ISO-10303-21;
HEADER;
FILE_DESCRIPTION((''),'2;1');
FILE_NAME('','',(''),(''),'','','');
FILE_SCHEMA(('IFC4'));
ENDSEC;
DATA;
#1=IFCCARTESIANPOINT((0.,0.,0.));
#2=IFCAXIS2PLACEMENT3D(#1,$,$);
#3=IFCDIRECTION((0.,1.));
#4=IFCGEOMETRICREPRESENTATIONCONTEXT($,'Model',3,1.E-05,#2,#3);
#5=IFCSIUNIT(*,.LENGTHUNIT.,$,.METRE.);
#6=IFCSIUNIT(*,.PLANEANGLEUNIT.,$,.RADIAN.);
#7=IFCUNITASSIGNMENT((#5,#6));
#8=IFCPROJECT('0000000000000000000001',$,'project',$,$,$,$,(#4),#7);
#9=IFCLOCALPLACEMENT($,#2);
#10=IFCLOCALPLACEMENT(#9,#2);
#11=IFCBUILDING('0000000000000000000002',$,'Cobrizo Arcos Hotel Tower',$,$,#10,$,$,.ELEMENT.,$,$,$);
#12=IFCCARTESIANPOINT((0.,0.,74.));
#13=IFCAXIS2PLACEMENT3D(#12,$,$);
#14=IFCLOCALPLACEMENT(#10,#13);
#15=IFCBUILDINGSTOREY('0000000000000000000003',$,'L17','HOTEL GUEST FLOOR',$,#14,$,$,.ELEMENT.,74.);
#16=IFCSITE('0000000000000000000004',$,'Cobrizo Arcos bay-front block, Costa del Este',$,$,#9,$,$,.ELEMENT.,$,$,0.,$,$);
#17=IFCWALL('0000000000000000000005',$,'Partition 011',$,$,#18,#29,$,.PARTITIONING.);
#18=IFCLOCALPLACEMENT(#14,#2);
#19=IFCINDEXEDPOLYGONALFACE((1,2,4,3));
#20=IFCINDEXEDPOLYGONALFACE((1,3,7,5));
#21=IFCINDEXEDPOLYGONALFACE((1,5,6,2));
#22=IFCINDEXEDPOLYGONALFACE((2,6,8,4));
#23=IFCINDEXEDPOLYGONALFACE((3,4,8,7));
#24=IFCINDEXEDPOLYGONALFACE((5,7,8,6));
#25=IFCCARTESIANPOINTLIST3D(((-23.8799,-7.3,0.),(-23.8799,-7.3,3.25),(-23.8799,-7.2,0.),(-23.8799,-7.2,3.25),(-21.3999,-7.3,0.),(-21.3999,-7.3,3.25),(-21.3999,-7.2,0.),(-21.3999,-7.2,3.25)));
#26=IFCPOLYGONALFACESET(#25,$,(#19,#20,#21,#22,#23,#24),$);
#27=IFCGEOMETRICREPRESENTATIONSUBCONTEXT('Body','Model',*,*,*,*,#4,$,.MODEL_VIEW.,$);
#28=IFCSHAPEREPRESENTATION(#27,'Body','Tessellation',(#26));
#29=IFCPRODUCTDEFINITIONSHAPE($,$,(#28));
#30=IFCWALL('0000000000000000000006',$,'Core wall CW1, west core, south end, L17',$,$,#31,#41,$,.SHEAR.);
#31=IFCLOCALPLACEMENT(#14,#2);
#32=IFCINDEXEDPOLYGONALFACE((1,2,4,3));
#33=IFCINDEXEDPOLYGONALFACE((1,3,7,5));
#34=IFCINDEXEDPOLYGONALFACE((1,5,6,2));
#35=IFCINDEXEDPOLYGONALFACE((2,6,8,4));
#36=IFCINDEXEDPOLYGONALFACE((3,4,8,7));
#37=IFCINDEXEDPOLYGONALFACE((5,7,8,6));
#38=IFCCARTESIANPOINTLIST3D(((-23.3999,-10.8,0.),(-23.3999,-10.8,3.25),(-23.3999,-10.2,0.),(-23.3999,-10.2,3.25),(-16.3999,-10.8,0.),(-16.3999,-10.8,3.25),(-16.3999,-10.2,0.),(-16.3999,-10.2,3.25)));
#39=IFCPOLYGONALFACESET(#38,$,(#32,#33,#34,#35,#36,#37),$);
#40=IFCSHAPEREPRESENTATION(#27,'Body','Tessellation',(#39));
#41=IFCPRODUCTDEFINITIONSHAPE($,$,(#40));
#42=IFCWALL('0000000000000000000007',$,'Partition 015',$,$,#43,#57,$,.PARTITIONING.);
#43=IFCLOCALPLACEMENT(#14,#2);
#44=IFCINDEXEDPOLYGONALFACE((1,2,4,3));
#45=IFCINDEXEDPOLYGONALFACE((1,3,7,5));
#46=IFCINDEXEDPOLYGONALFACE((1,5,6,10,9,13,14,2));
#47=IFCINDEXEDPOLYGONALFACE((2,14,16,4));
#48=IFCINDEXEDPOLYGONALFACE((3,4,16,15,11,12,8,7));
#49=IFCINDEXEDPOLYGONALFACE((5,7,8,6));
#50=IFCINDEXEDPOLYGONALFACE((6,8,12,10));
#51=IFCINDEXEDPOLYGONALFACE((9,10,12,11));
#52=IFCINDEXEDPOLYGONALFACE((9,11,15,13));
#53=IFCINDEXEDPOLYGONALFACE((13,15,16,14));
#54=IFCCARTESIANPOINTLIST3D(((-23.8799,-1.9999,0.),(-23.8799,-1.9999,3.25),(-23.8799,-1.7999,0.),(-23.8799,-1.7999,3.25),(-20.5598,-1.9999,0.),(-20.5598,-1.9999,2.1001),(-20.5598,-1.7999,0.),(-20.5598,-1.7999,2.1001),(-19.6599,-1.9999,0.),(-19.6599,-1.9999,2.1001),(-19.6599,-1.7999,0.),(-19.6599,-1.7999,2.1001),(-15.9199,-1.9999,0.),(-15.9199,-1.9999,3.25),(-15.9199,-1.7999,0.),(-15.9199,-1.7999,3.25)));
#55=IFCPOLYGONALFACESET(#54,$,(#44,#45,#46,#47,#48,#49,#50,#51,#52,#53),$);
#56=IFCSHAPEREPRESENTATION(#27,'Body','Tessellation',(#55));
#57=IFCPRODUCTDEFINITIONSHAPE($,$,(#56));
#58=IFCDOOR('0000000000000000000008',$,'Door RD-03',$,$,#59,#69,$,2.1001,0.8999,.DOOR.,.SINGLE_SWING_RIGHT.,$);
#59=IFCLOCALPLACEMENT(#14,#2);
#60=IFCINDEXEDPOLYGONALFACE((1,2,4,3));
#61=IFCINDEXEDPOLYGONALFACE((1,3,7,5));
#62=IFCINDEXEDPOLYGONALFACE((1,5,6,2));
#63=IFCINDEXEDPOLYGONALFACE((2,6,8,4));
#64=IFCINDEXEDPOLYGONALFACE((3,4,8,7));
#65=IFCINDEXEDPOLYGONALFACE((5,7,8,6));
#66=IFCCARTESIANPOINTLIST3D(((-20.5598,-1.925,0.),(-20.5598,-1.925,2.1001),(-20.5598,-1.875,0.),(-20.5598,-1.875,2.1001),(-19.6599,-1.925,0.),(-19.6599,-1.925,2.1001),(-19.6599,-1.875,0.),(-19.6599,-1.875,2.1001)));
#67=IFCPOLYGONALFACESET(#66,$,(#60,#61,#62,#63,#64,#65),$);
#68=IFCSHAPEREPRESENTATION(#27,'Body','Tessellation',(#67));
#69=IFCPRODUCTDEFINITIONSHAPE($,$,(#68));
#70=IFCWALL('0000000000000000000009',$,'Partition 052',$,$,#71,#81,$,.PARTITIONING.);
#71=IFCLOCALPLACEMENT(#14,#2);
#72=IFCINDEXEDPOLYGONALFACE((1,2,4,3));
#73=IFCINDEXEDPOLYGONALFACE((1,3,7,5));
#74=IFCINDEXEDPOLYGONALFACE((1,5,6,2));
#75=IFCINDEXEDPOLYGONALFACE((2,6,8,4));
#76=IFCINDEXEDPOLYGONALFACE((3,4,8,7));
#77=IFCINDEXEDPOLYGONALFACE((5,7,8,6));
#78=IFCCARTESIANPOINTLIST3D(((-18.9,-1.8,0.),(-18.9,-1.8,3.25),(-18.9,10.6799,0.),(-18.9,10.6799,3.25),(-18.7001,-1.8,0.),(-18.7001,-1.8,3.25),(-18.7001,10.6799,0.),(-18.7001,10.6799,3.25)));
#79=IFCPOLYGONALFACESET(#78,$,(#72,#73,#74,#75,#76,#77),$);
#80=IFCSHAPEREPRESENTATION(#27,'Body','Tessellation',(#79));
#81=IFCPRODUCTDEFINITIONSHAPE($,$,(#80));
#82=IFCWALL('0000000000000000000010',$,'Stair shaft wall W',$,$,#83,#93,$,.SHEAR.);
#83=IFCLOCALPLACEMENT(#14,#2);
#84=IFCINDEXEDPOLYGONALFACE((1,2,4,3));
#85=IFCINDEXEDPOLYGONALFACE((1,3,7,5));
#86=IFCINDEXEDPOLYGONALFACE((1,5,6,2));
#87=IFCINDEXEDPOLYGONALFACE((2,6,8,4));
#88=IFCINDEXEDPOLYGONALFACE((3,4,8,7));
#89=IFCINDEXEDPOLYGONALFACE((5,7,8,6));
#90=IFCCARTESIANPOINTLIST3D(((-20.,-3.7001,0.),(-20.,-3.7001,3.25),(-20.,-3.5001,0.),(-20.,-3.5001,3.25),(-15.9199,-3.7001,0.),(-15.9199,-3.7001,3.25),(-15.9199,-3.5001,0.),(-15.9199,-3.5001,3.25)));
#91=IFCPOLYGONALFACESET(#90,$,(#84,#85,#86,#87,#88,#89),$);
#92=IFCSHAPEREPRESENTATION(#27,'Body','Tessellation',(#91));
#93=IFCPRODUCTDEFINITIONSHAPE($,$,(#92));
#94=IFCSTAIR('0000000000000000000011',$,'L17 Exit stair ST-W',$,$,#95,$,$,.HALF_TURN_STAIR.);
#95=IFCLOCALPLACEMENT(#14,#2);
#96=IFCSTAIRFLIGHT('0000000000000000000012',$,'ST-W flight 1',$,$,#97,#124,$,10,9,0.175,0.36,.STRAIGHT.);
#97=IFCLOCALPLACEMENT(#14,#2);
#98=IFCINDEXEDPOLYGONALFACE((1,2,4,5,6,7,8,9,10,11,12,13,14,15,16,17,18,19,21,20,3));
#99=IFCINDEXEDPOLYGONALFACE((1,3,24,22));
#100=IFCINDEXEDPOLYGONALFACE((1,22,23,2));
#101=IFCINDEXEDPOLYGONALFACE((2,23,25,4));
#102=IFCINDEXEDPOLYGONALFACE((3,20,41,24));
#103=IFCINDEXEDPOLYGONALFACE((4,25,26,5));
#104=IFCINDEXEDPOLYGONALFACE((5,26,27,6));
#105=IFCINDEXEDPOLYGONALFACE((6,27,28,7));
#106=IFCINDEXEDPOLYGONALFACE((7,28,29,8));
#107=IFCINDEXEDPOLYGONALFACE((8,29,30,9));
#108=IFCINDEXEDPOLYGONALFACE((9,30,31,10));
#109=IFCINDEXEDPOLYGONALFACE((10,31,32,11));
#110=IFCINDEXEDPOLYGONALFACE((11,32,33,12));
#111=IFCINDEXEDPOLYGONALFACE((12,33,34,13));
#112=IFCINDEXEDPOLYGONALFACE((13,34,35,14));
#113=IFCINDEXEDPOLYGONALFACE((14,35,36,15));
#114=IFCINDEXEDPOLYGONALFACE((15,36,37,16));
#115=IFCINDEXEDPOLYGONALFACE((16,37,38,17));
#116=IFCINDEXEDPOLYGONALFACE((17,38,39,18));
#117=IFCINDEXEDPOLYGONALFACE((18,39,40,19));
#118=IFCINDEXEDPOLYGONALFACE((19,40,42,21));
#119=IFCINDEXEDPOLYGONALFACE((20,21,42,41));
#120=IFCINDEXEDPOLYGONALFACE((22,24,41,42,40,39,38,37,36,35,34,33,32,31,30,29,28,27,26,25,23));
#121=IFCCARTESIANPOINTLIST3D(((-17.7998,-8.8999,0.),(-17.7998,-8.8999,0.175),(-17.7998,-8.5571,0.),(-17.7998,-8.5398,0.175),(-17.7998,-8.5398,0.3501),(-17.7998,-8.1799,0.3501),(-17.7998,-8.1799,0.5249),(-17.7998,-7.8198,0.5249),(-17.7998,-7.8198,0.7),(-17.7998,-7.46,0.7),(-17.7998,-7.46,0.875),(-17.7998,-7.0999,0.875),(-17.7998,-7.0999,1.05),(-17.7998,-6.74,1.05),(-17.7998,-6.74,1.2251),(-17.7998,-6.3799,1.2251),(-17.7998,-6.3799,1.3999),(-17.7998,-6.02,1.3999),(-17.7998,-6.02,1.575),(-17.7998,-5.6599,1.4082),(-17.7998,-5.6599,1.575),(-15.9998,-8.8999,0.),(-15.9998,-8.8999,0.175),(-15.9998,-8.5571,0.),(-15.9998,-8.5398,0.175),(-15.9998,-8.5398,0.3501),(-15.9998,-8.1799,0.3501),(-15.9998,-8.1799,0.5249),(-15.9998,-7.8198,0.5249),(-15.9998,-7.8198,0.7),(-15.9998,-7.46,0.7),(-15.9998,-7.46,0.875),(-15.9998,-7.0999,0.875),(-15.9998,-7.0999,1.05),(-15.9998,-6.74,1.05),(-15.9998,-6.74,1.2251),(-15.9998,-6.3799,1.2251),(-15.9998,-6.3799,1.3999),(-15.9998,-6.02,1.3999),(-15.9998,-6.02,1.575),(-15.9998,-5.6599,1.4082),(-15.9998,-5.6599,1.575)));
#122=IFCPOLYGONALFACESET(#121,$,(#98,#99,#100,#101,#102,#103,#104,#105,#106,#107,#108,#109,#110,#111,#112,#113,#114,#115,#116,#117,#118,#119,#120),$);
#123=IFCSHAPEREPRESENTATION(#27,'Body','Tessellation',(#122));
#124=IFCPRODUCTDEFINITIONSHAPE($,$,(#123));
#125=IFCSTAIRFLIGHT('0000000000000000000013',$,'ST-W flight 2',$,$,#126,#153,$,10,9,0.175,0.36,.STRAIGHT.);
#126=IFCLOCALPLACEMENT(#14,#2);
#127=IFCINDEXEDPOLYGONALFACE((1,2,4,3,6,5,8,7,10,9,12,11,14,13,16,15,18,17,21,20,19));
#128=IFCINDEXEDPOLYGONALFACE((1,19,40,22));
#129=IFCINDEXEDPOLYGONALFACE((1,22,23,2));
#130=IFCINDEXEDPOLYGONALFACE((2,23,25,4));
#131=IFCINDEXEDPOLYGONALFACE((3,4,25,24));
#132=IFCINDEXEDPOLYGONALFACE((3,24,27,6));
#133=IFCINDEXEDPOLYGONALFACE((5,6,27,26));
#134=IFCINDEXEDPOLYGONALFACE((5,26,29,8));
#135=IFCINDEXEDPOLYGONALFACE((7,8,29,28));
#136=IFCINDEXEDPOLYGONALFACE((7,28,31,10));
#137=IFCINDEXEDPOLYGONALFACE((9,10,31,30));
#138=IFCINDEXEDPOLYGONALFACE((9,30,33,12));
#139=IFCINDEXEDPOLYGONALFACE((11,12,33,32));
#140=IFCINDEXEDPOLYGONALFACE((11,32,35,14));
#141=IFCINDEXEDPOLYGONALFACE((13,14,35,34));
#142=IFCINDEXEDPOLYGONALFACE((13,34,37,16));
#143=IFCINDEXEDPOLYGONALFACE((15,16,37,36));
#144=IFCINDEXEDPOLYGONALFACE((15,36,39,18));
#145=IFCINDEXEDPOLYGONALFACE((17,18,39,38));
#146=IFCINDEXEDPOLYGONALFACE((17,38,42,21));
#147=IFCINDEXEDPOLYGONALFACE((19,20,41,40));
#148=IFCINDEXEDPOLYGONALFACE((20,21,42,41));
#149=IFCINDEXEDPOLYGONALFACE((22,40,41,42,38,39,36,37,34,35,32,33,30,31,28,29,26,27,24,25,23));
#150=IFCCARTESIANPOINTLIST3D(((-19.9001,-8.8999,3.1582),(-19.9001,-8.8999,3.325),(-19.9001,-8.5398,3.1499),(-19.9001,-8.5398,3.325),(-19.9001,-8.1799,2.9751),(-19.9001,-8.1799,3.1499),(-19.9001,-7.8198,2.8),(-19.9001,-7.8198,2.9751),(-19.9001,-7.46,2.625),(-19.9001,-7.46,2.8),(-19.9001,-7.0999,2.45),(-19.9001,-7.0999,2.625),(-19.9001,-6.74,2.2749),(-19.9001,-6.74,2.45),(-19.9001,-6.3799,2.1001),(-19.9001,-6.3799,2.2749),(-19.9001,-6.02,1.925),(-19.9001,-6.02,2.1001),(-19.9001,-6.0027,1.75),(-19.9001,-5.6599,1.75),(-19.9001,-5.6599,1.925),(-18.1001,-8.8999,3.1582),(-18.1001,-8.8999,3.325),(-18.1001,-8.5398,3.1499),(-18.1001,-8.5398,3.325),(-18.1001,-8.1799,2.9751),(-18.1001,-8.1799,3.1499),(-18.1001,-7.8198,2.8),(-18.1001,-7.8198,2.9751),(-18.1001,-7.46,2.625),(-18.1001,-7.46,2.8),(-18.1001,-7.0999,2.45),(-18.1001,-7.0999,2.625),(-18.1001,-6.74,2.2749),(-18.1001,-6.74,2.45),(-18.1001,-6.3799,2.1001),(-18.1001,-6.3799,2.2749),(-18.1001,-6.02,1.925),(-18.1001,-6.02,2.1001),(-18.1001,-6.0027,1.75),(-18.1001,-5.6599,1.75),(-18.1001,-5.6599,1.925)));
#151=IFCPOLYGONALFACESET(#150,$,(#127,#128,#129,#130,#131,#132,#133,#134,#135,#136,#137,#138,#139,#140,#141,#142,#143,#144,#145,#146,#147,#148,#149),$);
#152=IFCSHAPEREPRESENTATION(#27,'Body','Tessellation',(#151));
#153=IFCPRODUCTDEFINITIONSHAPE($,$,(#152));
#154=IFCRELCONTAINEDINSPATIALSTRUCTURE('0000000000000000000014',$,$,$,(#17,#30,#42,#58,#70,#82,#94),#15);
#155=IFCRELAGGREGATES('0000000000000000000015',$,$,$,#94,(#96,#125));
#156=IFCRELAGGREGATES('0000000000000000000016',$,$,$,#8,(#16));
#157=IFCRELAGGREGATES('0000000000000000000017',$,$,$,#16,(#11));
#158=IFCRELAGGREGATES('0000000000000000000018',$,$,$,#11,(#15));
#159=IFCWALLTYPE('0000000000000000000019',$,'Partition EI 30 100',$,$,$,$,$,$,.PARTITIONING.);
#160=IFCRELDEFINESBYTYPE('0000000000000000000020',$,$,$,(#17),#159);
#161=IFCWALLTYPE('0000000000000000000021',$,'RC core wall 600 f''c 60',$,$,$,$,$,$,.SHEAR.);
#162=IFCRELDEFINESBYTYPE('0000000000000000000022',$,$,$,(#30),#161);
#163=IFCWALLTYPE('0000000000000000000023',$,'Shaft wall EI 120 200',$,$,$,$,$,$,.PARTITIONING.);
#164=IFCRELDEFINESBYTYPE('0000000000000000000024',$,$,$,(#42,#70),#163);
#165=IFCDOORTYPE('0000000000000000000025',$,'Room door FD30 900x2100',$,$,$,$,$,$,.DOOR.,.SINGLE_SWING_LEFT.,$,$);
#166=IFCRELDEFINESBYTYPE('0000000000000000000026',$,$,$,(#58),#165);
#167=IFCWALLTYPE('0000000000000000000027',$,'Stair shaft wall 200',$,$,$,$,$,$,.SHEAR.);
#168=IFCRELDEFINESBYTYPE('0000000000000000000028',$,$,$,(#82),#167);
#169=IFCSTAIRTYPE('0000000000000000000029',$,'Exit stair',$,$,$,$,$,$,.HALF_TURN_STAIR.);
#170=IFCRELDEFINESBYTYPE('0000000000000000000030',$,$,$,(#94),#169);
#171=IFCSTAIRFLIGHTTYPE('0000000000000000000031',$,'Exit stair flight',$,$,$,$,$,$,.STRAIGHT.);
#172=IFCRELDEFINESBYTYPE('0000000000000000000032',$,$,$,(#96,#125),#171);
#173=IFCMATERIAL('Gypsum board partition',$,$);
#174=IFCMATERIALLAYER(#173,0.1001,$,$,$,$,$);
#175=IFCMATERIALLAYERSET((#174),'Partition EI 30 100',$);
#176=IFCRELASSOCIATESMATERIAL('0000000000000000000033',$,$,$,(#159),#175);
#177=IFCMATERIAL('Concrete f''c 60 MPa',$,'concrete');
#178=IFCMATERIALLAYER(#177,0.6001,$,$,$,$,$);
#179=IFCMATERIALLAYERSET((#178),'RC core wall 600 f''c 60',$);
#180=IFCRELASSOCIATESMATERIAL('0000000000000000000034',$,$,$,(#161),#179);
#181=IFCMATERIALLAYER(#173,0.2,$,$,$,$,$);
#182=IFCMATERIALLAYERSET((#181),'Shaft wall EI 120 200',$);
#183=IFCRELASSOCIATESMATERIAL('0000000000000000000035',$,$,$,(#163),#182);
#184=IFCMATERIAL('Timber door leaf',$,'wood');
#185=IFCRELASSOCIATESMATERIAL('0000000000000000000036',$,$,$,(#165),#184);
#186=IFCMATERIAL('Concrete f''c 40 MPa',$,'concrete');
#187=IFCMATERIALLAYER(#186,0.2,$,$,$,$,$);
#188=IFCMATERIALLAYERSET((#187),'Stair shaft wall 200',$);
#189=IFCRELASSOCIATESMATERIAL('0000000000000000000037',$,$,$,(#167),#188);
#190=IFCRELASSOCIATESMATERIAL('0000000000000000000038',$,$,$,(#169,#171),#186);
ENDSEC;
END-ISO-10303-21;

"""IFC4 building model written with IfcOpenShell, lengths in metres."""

from ifc_helpers import new_model, si_unit, direction, frame, frame_2d, origin, place, context, subcontext, project, spatial, polyline, rectangle, outline, extrude, material, layer, layer_set, type_object, element, fill, aggregate, save


model = new_model("IFC4")

# Units and contexts
model_context = context("Model", 3, precision=1e-05, world=origin(), true_north=direction((0.0, 1.0)))
body_context = subcontext(model_context, "Body", "Model", "MODEL_VIEW")
ifc_project = project(units=[si_unit("LENGTHUNIT", "METRE"), si_unit("PLANEANGLEUNIT", "RADIAN")], contexts=[model_context])

# Site, building, storey
site_placement = place(None, origin())
site = spatial("IfcSite", under=ifc_project, at=site_placement, Name="Cobrizo Arcos bay-front block, Costa del Este", CompositionType="ELEMENT", RefElevation=0.0)
building_placement = place(site_placement, origin())
building = spatial("IfcBuilding", under=site, at=building_placement, Name="Cobrizo Arcos Hotel Tower", CompositionType="ELEMENT")
storey_placement = place(building_placement, frame((0.0, 0.0, 74.0)))
storey = spatial("IfcBuildingStorey", under=building, at=storey_placement, Name="L17", Description="HOTEL GUEST FLOOR", CompositionType="ELEMENT", Elevation=74.0)

# Walls
ifc_material_1 = material(Name="Gypsum board partition")
ifc_layer_1 = layer(ifc_material_1, 0.1001)
ifc_layer_set_1 = layer_set([ifc_layer_1], Name="Partition EI 30 100")
wall_type_1 = type_object("IfcWallType", Name="Partition EI 30 100", PredefinedType="PARTITIONING", material=ifc_layer_set_1)
wall_1_placement = place(storey_placement, frame((-23.8799, -7.25, 0.0), z_axis=(0.0, 0.0, 1.0), x_axis=(1.0, 0.0, 0.0)))
element("IfcWall", 1, at=wall_1_placement, inside=storey, type_object=wall_type_1, Name="Partition 011", PredefinedType="PARTITIONING", context=body_context, shape_type="SweptSolid", body=[
    extrude(rectangle(XDim=2.48, YDim=0.1001, at=frame_2d((1.24, 0.0))), origin(), (0.0, 0.0, 1.0), 3.25),
])
ifc_material_2 = material(Name="Concrete f'c 60 MPa", Category="concrete")
ifc_layer_2 = layer(ifc_material_2, 0.6001)
ifc_layer_set_2 = layer_set([ifc_layer_2], Name="RC core wall 600 f'c 60")
wall_type_2 = type_object("IfcWallType", Name="RC core wall 600 f'c 60", PredefinedType="SHEAR", material=ifc_layer_set_2)
wall_2_placement = place(storey_placement, frame((-23.3999, -10.5, 0.0), z_axis=(0.0, 0.0, 1.0), x_axis=(1.0, 0.0, 0.0)))
element("IfcWall", 2, at=wall_2_placement, inside=storey, type_object=wall_type_2, Name="Core wall CW1, west core, south end, L17", PredefinedType="SHEAR", context=body_context, shape_type="SweptSolid", body=[
    extrude(rectangle(XDim=7.0, YDim=0.6001, at=frame_2d((3.5, 0.0))), origin(), (0.0, 0.0, 1.0), 3.25),
])

# Wall, opening, door
ifc_layer_3 = layer(ifc_material_1, 0.2)
ifc_layer_set_3 = layer_set([ifc_layer_3], Name="Shaft wall EI 120 200")
wall_type_3 = type_object("IfcWallType", Name="Shaft wall EI 120 200", PredefinedType="PARTITIONING", material=ifc_layer_set_3)
wall_3_placement = place(storey_placement, frame((-23.8799, -1.8999, 0.0), z_axis=(0.0, 0.0, 1.0), x_axis=(1.0, 0.0, 0.0)))
wall_3 = element("IfcWall", 3, at=wall_3_placement, inside=storey, type_object=wall_type_3, Name="Partition 015", PredefinedType="PARTITIONING", context=body_context, shape_type="SweptSolid", body=[
    extrude(rectangle(XDim=7.96, YDim=0.2, at=frame_2d((3.98, 0.0))), origin(), (0.0, 0.0, 1.0), 3.25),
])
opening_placement = place(wall_3_placement, frame((3.3201, 0.0, 0.0)))
opening = element("IfcOpeningElement", 4, at=opening_placement, cuts=wall_3, PredefinedType="OPENING", context=body_context, shape_type="SweptSolid", body=[
    extrude(rectangle(XDim=0.8999, YDim=2.1001, at=frame_2d((0.45, 1.05))), frame((0.0, 0.1121, 0.0), z_axis=(0.0, -1.0, 0.0), x_axis=(1.0, 0.0, 0.0)), (0.0, 0.0, 1.0), 0.2239),
])
ifc_material_3 = material(Name="Timber door leaf", Category="wood")
door_type = type_object("IfcDoorType", Name="Room door FD30 900x2100", OperationType="SINGLE_SWING_LEFT", PredefinedType="DOOR", material=ifc_material_3)
door_placement = place(opening_placement, origin())
door = element("IfcDoor", 5, at=door_placement, inside=storey, type_object=door_type, Name="Door RD-03", OperationType="SINGLE_SWING_RIGHT", OverallHeight=2.1001, OverallWidth=0.8999, PredefinedType="DOOR", context=body_context, shape_type="SweptSolid", body=[
    extrude(rectangle(XDim=0.8999, YDim=2.1001, at=frame_2d((0.45, 1.05))), frame((0.0, 0.0249, 0.0), z_axis=(0.0, -1.0, 0.0), x_axis=(1.0, 0.0, 0.0)), (0.0, 0.0, 1.0), 0.05),
])
fill(opening, door)

# Walls
wall_4_placement = place(storey_placement, frame((-18.8, -1.8, 0.0), z_axis=(0.0, 0.0, 1.0), x_axis=(0.0, 1.0, 0.0)))
element("IfcWall", 6, at=wall_4_placement, inside=storey, type_object=wall_type_3, Name="Partition 052", PredefinedType="PARTITIONING", context=body_context, shape_type="SweptSolid", body=[
    extrude(rectangle(XDim=12.48, YDim=0.2, at=frame_2d((6.24, 0.0))), origin(), (0.0, 0.0, 1.0), 3.25),
])
ifc_material_4 = material(Name="Concrete f'c 40 MPa", Category="concrete")
ifc_layer_4 = layer(ifc_material_4, 0.2)
ifc_layer_set_4 = layer_set([ifc_layer_4], Name="Stair shaft wall 200")
wall_type_4 = type_object("IfcWallType", Name="Stair shaft wall 200", PredefinedType="SHEAR", material=ifc_layer_set_4)
wall_5_placement = place(storey_placement, frame((-20.0, -3.6001, 0.0), z_axis=(0.0, 0.0, 1.0), x_axis=(1.0, 0.0, 0.0)))
element("IfcWall", 7, at=wall_5_placement, inside=storey, type_object=wall_type_4, Name="Stair shaft wall W", PredefinedType="SHEAR", context=body_context, shape_type="SweptSolid", body=[
    extrude(rectangle(XDim=4.0801, YDim=0.2, at=frame_2d((2.04, 0.0))), origin(), (0.0, 0.0, 1.0), 3.25),
])

# Stair, stair flights
stair_type = type_object("IfcStairType", Name="Exit stair", PredefinedType="HALF_TURN_STAIR", material=ifc_material_4)
stair_placement = place(storey_placement, origin())
stair = element("IfcStair", 8, at=stair_placement, inside=storey, type_object=stair_type, Name="L17 Exit stair ST-W", PredefinedType="HALF_TURN_STAIR")
stair_flight_type = type_object("IfcStairFlightType", Name="Exit stair flight", PredefinedType="STRAIGHT", material=ifc_material_4)
stair_flight_1_placement = place(storey_placement, frame((-16.8999, -8.8999, 0.0), z_axis=(0.0, 0.0, 1.0), x_axis=(0.0, 1.0, 0.0)))
stair_flight_1 = element("IfcStairFlight", 9, at=stair_flight_1_placement, type_object=stair_flight_type, Name="ST-W flight 1", NumberOfRisers=10, NumberOfTreads=9, PredefinedType="STRAIGHT", RiserHeight=0.175, TreadLength=0.36, context=body_context, shape_type="SweptSolid", body=[
    extrude(outline(polyline([(0.0, 0.0), (0.0, 0.175), (0.3601, 0.175), (0.3601, 0.3501), (0.72, 0.3501), (0.72, 0.5249), (1.0801, 0.5249), (1.0801, 0.7), (1.4399, 0.7), (1.4399, 0.875), (1.8, 0.875), (1.8, 1.05), (2.1599, 1.05), (2.1599, 1.2251), (2.52, 1.2251), (2.52, 1.3999), (2.8799, 1.3999), (2.8799, 1.575), (3.24, 1.575), (3.24, 1.75), (3.24, 1.4082), (0.3428, 0.0), (0.0, 0.0)])), frame((0.0, 0.8999, 0.0), z_axis=(0.0, -1.0, 0.0), x_axis=(1.0, 0.0, 0.0)), (0.0, 0.0, 1.0), 1.8),
])
stair_flight_2_placement = place(storey_placement, frame((-19.0, -5.6599, 1.75), z_axis=(0.0, 0.0, 1.0), x_axis=(0.0, -1.0, 0.0)))
stair_flight_2 = element("IfcStairFlight", 10, at=stair_flight_2_placement, type_object=stair_flight_type, Name="ST-W flight 2", NumberOfRisers=10, NumberOfTreads=9, PredefinedType="STRAIGHT", RiserHeight=0.175, TreadLength=0.36, context=body_context, shape_type="SweptSolid", body=[
    extrude(outline(polyline([(0.0, 0.0), (0.0, 0.175), (0.3601, 0.175), (0.3601, 0.3501), (0.72, 0.3501), (0.72, 0.5249), (1.0801, 0.5249), (1.0801, 0.7), (1.4399, 0.7), (1.4399, 0.875), (1.8, 0.875), (1.8, 1.05), (2.1599, 1.05), (2.1599, 1.2251), (2.52, 1.2251), (2.52, 1.3999), (2.8799, 1.3999), (2.8799, 1.575), (3.24, 1.575), (3.24, 1.75), (3.24, 1.4082), (0.3428, 0.0), (0.0, 0.0)])), frame((0.0, 0.8999, 0.0), z_axis=(0.0, -1.0, 0.0), x_axis=(1.0, 0.0, 0.0)), (0.0, 0.0, 1.0), 1.8),
])
aggregate(stair, [stair_flight_1, stair_flight_2])

save(model, "model.ifc")
